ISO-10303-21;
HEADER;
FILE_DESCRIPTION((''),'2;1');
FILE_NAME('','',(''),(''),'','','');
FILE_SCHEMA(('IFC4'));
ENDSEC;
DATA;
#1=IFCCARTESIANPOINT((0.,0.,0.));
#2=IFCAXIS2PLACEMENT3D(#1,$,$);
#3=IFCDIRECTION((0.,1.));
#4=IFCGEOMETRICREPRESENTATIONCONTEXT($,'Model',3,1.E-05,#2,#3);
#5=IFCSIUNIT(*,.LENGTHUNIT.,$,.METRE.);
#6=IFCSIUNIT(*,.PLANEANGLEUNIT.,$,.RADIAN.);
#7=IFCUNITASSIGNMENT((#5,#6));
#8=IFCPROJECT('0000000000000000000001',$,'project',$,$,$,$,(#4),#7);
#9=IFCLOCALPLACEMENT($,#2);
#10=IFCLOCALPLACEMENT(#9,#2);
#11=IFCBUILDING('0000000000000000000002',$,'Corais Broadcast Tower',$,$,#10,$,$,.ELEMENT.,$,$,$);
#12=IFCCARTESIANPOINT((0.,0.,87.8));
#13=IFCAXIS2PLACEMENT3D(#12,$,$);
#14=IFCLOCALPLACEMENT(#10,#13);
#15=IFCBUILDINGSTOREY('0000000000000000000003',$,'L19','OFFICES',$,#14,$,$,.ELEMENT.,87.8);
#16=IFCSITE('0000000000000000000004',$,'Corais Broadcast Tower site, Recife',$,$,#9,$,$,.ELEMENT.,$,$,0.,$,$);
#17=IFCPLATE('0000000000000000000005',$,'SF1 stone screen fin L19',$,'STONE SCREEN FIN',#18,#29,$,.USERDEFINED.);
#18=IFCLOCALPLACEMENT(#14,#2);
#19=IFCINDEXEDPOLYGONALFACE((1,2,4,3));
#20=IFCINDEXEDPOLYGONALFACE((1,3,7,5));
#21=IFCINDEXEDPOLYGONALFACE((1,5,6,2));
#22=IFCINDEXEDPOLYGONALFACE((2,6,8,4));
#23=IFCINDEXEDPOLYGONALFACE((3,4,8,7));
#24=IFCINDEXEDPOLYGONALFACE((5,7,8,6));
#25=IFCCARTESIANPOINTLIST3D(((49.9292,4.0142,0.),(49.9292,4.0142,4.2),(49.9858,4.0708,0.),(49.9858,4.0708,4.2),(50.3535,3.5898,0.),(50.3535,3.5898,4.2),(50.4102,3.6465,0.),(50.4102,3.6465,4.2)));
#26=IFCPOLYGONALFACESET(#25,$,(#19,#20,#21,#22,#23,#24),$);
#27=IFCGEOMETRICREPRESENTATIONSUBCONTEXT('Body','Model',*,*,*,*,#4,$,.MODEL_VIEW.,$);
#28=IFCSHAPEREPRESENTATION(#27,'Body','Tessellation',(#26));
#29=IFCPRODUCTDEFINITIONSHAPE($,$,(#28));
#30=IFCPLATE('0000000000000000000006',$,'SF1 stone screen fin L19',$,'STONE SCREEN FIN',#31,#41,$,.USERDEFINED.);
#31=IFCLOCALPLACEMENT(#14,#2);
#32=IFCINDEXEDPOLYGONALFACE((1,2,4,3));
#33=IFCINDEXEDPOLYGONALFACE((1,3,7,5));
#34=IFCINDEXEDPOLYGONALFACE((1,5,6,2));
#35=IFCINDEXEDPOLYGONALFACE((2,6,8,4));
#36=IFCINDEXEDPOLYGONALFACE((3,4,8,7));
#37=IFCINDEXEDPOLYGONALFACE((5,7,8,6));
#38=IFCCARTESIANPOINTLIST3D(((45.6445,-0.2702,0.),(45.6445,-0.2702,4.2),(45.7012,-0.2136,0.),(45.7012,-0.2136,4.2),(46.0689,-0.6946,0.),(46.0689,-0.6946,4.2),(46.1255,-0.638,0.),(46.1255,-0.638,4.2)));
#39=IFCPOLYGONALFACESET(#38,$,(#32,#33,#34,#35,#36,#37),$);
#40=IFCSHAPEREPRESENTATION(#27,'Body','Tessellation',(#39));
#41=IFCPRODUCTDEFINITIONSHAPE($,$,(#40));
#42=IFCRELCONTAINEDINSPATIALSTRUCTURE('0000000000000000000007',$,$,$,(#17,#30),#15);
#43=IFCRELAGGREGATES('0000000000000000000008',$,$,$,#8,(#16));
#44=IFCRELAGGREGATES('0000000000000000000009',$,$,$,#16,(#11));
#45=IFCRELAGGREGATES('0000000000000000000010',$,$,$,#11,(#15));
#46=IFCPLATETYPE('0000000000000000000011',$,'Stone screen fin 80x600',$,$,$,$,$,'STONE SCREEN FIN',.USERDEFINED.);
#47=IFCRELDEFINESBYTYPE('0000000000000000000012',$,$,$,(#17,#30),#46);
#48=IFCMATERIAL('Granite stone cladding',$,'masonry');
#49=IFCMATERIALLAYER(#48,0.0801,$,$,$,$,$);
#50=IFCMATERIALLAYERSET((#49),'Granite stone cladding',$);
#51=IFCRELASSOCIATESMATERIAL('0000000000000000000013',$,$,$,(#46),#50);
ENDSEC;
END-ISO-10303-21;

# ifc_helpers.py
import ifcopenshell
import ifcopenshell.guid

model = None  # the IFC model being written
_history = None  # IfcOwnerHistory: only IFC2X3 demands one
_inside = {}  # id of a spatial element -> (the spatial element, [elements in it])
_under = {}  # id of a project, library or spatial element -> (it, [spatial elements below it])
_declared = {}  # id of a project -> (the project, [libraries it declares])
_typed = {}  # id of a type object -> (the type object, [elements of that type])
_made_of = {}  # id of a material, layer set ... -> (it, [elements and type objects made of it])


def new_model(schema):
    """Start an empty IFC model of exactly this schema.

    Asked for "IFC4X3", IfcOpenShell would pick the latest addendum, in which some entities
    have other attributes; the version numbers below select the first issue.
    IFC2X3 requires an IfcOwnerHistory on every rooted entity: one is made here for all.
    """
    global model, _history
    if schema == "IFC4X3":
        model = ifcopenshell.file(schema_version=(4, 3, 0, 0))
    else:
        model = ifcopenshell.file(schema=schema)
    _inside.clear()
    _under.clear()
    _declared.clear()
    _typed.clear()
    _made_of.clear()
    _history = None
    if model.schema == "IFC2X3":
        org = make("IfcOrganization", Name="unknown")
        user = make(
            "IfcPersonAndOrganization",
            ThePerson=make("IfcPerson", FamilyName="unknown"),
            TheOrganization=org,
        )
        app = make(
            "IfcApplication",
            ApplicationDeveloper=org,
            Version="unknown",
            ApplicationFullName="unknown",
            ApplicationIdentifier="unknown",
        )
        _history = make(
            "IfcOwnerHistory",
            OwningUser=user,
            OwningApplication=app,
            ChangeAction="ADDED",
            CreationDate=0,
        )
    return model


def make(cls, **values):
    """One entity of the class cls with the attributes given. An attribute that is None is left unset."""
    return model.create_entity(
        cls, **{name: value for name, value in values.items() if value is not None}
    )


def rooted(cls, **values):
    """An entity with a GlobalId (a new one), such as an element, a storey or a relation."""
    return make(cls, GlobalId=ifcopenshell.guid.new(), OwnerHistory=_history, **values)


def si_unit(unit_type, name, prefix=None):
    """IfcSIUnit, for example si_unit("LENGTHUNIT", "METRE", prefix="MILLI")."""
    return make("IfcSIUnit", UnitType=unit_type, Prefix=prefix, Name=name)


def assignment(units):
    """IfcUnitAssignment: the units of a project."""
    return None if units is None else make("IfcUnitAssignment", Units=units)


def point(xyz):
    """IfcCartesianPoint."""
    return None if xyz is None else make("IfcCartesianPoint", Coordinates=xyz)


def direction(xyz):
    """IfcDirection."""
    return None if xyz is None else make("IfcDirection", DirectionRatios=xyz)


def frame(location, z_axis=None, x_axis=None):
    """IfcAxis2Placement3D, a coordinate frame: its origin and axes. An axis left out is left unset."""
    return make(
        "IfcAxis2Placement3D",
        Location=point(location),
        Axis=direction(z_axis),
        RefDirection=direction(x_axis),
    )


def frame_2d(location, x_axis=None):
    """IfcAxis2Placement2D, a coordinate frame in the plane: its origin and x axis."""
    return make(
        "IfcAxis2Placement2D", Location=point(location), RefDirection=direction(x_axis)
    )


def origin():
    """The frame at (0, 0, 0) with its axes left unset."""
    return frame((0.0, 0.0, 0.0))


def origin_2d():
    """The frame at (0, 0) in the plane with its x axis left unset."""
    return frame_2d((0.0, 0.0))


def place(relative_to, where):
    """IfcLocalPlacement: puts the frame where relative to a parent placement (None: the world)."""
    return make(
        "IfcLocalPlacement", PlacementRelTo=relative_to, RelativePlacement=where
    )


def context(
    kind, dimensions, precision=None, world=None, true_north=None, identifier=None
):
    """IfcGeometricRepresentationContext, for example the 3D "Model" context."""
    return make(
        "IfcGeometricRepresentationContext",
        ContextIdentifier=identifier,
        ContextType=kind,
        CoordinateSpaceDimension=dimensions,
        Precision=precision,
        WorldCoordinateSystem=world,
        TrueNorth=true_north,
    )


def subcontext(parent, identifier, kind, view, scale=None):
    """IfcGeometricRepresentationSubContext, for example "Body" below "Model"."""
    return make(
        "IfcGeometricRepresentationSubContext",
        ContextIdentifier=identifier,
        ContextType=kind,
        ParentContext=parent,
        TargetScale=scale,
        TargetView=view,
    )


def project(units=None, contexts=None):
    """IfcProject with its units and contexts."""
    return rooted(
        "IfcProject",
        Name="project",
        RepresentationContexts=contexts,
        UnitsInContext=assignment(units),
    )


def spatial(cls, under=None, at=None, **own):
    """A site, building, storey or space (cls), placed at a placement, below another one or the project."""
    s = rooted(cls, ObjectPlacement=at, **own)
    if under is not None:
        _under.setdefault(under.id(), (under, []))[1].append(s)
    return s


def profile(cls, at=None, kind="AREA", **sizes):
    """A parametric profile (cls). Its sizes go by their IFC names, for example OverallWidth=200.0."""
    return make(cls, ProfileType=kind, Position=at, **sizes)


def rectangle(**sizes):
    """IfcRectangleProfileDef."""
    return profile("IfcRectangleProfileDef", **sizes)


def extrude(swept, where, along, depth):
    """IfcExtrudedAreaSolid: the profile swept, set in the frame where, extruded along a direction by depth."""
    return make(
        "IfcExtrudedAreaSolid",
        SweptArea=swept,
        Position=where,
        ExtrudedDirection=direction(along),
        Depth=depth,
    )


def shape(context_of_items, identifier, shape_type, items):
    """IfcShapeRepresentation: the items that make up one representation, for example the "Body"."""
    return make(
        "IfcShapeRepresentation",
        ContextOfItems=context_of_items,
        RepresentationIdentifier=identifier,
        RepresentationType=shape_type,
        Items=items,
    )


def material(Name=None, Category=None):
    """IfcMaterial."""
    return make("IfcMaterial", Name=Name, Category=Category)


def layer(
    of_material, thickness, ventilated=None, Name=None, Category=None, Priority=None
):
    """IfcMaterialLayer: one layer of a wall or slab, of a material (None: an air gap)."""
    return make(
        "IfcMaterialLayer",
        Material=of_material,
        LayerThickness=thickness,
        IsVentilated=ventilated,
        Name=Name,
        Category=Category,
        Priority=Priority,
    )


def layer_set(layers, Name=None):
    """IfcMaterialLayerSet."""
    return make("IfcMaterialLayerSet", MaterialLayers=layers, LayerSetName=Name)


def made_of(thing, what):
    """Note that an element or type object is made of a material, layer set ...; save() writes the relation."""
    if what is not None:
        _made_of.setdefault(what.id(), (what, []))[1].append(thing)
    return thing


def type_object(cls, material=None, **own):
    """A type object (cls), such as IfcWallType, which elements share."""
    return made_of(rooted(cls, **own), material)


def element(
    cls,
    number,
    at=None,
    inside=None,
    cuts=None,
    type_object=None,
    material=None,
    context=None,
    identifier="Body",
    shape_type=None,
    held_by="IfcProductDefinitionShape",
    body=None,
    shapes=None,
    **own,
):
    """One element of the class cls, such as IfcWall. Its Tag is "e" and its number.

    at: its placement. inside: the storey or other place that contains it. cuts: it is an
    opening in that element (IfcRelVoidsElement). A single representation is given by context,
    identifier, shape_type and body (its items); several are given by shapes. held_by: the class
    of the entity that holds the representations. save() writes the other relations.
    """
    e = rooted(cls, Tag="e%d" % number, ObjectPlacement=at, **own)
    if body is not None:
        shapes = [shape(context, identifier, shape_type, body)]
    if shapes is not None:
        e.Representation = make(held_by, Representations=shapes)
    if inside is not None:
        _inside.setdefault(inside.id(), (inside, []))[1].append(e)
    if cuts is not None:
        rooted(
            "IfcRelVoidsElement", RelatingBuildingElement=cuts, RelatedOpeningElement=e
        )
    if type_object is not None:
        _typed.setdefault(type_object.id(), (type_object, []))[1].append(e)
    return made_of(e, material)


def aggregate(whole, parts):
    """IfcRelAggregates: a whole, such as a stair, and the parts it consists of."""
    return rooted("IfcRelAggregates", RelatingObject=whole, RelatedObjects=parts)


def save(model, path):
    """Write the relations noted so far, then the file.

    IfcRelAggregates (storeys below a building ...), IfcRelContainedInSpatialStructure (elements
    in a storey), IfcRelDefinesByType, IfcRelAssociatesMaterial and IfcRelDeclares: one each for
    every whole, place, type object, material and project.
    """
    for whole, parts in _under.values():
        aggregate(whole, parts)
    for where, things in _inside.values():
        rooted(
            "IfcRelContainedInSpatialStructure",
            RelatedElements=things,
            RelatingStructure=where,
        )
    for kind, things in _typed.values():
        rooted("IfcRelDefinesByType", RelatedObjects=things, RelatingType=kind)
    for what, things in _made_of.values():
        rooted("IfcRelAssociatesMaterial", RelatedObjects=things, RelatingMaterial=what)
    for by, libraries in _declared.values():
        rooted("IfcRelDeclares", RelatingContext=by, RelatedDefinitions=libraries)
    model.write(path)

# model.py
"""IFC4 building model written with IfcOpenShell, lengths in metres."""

from ifc_helpers import new_model, si_unit, direction, frame, origin, origin_2d, place, context, subcontext, project, spatial, rectangle, extrude, material, layer, layer_set, type_object, element, save


model = new_model("IFC4")

# Units and contexts
model_context = context("Model", 3, precision=1e-05, world=origin(), true_north=direction((0.0, 1.0)))
body_context = subcontext(model_context, "Body", "Model", "MODEL_VIEW")
ifc_project = project(units=[si_unit("LENGTHUNIT", "METRE"), si_unit("PLANEANGLEUNIT", "RADIAN")], contexts=[model_context])

# Site, building, storey
site_placement = place(None, origin())
site = spatial("IfcSite", under=ifc_project, at=site_placement, Name="Corais Broadcast Tower site, Recife", CompositionType="ELEMENT", RefElevation=0.0)
building_placement = place(site_placement, origin())
building = spatial("IfcBuilding", under=site, at=building_placement, Name="Corais Broadcast Tower", CompositionType="ELEMENT")
storey_placement = place(building_placement, frame((0.0, 0.0, 87.8)))
storey = spatial("IfcBuildingStorey", under=building, at=storey_placement, Name="L19", Description="OFFICES", CompositionType="ELEMENT", Elevation=87.8)

# Plates
ifc_material_1 = material(Name="Granite stone cladding", Category="masonry")
ifc_layer_1 = layer(ifc_material_1, 0.0801)
ifc_layer_set_1 = layer_set([ifc_layer_1], Name="Granite stone cladding")
plate_type_1 = type_object("IfcPlateType", Name="Stone screen fin 80x600", ElementType="STONE SCREEN FIN", PredefinedType="USERDEFINED", material=ifc_layer_set_1)
for number, where, z_axis, x_axis, name in (
    (1, (50.1697, 3.8303, 0.0), (0.0, 0.0, 1.0), (-0.707107, -0.707107, 0.0), "SF1 stone screen fin L19"),
    (2, (45.885, -0.4541, 0.0), (0.0, 0.0, 1.0), (-0.707107, -0.707107, 0.0), "SF1 stone screen fin L19"),
):
    element("IfcPlate", number, at=place(storey_placement, frame(where, z_axis=z_axis, x_axis=x_axis)), inside=storey, type_object=plate_type_1, Name=name, ObjectType="STONE SCREEN FIN", PredefinedType="USERDEFINED", context=body_context, shape_type="SweptSolid", body=[
        extrude(rectangle(XDim=0.0801, YDim=0.6001, at=origin_2d()), origin(), (0.0, 0.0, 1.0), 4.2),
    ])

save(model, "model.ifc")
